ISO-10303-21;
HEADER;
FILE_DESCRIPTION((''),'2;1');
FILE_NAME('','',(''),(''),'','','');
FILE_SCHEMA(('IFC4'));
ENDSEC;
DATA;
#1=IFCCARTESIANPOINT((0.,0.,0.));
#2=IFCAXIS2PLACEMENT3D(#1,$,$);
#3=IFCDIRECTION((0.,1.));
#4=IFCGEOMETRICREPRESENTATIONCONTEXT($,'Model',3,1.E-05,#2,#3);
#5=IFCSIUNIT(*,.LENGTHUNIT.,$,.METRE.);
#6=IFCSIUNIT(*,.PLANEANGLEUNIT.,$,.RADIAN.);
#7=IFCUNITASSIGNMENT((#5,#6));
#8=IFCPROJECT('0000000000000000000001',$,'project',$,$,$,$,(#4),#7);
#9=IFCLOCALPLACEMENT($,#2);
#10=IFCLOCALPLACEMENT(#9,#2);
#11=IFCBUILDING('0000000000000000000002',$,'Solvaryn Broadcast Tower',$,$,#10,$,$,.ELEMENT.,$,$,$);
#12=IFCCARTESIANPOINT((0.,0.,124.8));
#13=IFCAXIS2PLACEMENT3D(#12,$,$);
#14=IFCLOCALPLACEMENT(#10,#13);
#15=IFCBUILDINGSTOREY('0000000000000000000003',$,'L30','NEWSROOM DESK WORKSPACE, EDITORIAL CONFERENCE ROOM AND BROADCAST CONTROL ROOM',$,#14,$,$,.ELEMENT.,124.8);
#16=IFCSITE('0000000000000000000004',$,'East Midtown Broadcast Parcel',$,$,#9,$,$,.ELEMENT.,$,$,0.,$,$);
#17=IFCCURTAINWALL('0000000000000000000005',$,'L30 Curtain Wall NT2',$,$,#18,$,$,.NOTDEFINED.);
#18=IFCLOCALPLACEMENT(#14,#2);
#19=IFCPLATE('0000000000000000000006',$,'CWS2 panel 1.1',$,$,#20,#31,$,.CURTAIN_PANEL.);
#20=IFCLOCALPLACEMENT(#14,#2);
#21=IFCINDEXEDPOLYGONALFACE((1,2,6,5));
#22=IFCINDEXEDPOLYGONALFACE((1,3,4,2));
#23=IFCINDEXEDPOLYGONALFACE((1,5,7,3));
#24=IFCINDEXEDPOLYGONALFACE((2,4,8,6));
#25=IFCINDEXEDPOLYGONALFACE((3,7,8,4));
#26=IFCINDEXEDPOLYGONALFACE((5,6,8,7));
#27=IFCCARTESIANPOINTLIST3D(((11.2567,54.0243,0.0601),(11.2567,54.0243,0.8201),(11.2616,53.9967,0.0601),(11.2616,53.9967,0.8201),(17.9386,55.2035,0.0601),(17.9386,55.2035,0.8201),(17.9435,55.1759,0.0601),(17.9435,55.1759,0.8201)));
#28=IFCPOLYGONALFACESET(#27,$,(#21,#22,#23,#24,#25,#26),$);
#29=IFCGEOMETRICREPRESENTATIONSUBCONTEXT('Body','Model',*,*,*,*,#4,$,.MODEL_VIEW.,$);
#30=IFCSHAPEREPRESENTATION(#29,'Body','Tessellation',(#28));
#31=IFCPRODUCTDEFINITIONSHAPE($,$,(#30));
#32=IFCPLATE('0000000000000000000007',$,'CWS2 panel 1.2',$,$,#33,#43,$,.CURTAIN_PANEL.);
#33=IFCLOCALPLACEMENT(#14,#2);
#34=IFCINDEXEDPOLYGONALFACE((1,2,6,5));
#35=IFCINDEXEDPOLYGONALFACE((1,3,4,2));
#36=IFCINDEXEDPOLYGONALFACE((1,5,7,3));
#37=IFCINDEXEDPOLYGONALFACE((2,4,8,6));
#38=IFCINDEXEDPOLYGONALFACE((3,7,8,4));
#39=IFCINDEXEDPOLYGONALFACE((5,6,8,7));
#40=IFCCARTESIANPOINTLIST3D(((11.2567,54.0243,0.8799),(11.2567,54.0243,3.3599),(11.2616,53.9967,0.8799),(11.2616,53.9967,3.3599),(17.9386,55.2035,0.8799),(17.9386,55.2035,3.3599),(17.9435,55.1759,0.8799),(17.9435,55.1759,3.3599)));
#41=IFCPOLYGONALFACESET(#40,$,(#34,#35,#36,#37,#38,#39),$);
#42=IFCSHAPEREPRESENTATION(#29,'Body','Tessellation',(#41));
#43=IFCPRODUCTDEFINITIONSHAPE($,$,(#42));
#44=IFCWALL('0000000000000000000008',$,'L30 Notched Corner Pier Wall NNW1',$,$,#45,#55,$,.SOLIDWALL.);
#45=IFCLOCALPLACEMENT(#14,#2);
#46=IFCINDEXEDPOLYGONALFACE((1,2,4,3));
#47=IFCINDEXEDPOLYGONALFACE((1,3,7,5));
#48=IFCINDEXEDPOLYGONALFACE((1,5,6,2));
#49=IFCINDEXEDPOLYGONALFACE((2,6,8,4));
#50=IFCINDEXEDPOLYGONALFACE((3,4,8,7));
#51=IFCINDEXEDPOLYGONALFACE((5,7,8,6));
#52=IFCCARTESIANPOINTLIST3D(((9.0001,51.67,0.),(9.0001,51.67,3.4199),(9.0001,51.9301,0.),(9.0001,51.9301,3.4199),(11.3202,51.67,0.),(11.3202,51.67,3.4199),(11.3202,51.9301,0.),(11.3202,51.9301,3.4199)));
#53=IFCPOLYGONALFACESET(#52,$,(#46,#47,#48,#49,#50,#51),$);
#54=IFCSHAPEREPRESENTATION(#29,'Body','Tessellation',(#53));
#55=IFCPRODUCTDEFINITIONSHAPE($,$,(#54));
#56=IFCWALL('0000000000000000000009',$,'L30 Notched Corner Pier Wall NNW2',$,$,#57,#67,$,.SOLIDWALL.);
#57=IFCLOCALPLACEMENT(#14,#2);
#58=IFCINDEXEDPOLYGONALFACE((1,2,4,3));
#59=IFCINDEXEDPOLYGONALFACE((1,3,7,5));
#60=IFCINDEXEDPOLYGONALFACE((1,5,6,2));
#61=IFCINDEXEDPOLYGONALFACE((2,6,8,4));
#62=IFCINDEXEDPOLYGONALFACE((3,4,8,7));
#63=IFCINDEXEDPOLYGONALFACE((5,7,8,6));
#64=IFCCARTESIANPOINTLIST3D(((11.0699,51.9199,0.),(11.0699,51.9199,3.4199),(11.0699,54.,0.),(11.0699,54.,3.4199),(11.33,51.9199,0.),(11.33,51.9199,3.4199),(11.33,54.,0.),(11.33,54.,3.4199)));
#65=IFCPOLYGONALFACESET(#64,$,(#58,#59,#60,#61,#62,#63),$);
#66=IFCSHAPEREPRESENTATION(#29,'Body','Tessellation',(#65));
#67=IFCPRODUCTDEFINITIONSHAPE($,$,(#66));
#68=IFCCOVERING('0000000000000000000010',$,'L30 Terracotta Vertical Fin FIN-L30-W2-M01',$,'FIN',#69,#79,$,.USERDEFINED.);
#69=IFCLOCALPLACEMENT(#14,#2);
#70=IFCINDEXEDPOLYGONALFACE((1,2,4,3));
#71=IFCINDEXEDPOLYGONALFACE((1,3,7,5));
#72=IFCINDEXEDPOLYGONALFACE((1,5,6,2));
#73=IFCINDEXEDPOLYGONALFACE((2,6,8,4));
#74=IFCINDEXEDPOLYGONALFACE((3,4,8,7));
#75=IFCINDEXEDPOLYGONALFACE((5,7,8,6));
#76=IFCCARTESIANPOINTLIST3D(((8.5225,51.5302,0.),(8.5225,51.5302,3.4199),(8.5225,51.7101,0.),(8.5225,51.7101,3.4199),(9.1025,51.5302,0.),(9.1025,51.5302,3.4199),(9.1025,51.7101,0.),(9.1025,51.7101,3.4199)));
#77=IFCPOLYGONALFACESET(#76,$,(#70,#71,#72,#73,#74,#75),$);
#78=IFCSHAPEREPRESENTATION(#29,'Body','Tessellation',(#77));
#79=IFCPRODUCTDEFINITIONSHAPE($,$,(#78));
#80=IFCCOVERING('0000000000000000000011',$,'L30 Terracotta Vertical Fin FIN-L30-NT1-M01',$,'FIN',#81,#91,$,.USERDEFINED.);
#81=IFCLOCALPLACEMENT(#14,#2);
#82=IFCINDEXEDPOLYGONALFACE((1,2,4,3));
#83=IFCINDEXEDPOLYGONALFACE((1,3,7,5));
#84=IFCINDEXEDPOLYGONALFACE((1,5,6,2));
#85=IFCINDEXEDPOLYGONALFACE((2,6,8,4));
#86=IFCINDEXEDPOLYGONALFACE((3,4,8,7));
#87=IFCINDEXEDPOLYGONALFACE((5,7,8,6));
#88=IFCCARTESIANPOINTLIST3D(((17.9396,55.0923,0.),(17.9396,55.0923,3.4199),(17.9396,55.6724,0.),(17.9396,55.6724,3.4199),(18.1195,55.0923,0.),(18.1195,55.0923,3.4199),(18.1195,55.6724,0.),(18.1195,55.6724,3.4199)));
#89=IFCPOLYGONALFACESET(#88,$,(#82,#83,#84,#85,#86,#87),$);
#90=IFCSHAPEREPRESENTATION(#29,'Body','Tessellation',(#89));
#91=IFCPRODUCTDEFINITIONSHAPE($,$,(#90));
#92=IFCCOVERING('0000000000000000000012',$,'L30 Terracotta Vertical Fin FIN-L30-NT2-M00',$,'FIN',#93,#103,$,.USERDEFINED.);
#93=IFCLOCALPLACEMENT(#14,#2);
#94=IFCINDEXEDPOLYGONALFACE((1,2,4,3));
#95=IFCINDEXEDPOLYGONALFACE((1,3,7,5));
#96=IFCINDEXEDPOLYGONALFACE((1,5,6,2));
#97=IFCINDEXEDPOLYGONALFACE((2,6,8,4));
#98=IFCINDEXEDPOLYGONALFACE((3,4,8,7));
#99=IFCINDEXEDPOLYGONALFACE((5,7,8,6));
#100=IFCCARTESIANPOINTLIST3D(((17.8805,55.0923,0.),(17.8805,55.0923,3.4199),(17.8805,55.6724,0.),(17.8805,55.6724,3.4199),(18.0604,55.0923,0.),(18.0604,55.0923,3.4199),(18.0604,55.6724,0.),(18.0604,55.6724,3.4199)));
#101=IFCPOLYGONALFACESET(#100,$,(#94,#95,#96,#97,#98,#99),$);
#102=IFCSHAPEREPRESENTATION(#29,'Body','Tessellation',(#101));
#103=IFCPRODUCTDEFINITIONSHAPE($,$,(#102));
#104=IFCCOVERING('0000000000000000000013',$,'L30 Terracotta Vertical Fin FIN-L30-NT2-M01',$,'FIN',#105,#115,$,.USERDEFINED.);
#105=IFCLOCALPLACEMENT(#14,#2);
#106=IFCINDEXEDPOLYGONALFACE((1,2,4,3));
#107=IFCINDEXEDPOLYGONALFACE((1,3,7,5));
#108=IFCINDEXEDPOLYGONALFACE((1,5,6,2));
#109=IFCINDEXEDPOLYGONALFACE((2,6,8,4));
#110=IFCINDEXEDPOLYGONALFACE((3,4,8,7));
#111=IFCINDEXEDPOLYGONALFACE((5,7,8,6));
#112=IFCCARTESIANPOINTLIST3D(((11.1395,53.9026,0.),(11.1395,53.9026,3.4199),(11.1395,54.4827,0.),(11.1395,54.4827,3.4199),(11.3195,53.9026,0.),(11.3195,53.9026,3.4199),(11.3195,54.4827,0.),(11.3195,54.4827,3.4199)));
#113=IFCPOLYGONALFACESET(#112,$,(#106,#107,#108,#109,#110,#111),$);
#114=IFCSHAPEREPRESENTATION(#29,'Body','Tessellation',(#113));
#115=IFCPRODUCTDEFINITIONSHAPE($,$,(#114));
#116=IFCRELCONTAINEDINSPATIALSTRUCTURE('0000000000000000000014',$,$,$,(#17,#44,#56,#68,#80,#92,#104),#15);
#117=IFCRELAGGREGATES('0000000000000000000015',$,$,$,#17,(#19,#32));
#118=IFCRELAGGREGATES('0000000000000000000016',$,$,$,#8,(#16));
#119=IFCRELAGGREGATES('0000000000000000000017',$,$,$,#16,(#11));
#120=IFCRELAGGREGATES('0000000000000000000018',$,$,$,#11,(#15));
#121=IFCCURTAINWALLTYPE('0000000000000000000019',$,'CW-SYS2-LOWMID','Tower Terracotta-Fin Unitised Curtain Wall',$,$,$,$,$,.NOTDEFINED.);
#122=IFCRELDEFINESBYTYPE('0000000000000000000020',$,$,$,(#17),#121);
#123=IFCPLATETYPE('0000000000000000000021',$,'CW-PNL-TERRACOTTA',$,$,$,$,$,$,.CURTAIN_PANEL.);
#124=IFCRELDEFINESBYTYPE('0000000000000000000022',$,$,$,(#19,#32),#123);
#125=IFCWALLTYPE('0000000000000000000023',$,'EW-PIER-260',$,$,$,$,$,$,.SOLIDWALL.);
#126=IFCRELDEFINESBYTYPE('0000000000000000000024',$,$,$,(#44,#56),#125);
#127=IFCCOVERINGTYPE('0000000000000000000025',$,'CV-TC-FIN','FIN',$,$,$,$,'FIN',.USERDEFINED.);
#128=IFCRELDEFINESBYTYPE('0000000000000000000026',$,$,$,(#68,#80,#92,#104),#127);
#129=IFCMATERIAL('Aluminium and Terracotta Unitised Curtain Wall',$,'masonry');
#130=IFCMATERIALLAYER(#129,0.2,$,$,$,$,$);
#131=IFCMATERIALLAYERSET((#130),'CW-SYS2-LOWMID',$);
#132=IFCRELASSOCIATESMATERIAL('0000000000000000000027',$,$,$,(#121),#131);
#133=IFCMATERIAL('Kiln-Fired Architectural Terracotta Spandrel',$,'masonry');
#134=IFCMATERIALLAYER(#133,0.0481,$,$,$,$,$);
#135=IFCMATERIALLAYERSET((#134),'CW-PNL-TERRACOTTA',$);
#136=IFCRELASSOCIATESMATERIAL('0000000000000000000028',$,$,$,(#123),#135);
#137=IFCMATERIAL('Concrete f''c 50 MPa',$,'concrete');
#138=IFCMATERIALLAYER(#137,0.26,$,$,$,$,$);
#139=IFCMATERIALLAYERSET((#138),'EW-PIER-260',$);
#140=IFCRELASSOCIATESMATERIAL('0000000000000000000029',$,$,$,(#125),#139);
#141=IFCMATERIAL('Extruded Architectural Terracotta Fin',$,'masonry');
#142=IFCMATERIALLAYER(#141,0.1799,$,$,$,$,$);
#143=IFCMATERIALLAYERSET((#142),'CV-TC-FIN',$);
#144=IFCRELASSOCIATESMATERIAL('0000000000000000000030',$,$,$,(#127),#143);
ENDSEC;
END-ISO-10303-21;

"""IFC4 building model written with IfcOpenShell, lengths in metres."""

from ifc_helpers import new_model, si_unit, direction, frame, frame_2d, origin, origin_2d, place, context, subcontext, project, spatial, rectangle, extrude, material, layer, layer_set, type_object, element, aggregate, save


model = new_model("IFC4")

# Units and contexts
model_context = context("Model", 3, precision=1e-05, world=origin(), true_north=direction((0.0, 1.0)))
body_context = subcontext(model_context, "Body", "Model", "MODEL_VIEW")
ifc_project = project(units=[si_unit("LENGTHUNIT", "METRE"), si_unit("PLANEANGLEUNIT", "RADIAN")], contexts=[model_context])

# Site, building, storey
site_placement = place(None, origin())
site = spatial("IfcSite", under=ifc_project, at=site_placement, Name="East Midtown Broadcast Parcel", CompositionType="ELEMENT", RefElevation=0.0)
building_placement = place(site_placement, origin())
building = spatial("IfcBuilding", under=site, at=building_placement, Name="Solvaryn Broadcast Tower", CompositionType="ELEMENT")
storey_placement = place(building_placement, frame((0.0, 0.0, 124.8)))
storey = spatial("IfcBuildingStorey", under=building, at=storey_placement, Name="L30", Description="NEWSROOM DESK WORKSPACE, EDITORIAL CONFERENCE ROOM AND BROADCAST CONTROL ROOM", CompositionType="ELEMENT", Elevation=124.8)

# Shared definitions
ifc_material_1 = material(Name="Aluminium and Terracotta Unitised Curtain Wall", Category="masonry")
ifc_layer_1 = layer(ifc_material_1, 0.2)
ifc_layer_set_1 = layer_set([ifc_layer_1], Name="CW-SYS2-LOWMID")
curtain_wall_type = type_object("IfcCurtainWallType", Name="CW-SYS2-LOWMID", Description="Tower Terracotta-Fin Unitised Curtain Wall", PredefinedType="NOTDEFINED", material=ifc_layer_set_1)

# Curtain wall
curtain_wall_1_placement = place(storey_placement, origin())
curtain_wall_1 = element("IfcCurtainWall", 1, at=curtain_wall_1_placement, inside=storey, type_object=curtain_wall_type, Name="L30 Curtain Wall NT2", PredefinedType="NOTDEFINED")

# Plates
ifc_material_2 = material(Name="Kiln-Fired Architectural Terracotta Spandrel", Category="masonry")
ifc_layer_2 = layer(ifc_material_2, 0.0481)
ifc_layer_set_2 = layer_set([ifc_layer_2], Name="CW-PNL-TERRACOTTA")
plate_type = type_object("IfcPlateType", Name="CW-PNL-TERRACOTTA", PredefinedType="CURTAIN_PANEL", material=ifc_layer_set_2)
plate_1_placement = place(storey_placement, frame((14.6001, 54.6001, 0.0601), z_axis=(0.0, 0.0, 1.0), x_axis=(-0.984784, -0.173785, 0.0)))
plate_1 = element("IfcPlate", 2, at=plate_1_placement, type_object=plate_type, Name="CWS2 panel 1.1", PredefinedType="CURTAIN_PANEL", context=body_context, shape_type="SweptSolid", body=[
    extrude(rectangle(XDim=6.7852, YDim=0.0281, at=origin_2d()), origin(), (0.0, 0.0, 1.0), 0.76),
])
plate_2_placement = place(storey_placement, frame((14.6001, 54.6001, 0.8799), z_axis=(0.0, 0.0, 1.0), x_axis=(-0.984784, -0.173785, 0.0)))
plate_2 = element("IfcPlate", 3, at=plate_2_placement, type_object=plate_type, Name="CWS2 panel 1.2", PredefinedType="CURTAIN_PANEL", context=body_context, shape_type="SweptSolid", body=[
    extrude(rectangle(XDim=6.7852, YDim=0.0281, at=origin_2d()), origin(), (0.0, 0.0, 1.0), 2.48),
])
aggregate(curtain_wall_1, [plate_1, plate_2])

# Walls
ifc_material_3 = material(Name="Concrete f'c 50 MPa", Category="concrete")
ifc_layer_3 = layer(ifc_material_3, 0.26)
ifc_layer_set_3 = layer_set([ifc_layer_3], Name="EW-PIER-260")
wall_type = type_object("IfcWallType", Name="EW-PIER-260", PredefinedType="SOLIDWALL", material=ifc_layer_set_3)
wall_1_placement = place(storey_placement, frame((9.0, 51.8, 0.0), z_axis=(0.0, 0.0, 1.0), x_axis=(1.0, 0.0, 0.0)))
element("IfcWall", 4, at=wall_1_placement, inside=storey, type_object=wall_type, Name="L30 Notched Corner Pier Wall NNW1", PredefinedType="SOLIDWALL", context=body_context, shape_type="SweptSolid", body=[
    extrude(rectangle(XDim=2.3201, YDim=0.26, at=frame_2d((1.1602, 0.0))), origin(), (0.0, 0.0, 1.0), 3.4199),
])
wall_2_placement = place(storey_placement, frame((11.2, 51.9199, 0.0), z_axis=(0.0, 0.0, 1.0), x_axis=(0.0, 1.0, 0.0)))
element("IfcWall", 5, at=wall_2_placement, inside=storey, type_object=wall_type, Name="L30 Notched Corner Pier Wall NNW2", PredefinedType="SOLIDWALL", context=body_context, shape_type="SweptSolid", body=[
    extrude(rectangle(XDim=2.0801, YDim=0.26, at=frame_2d((1.04, 0.0))), origin(), (0.0, 0.0, 1.0), 3.4199),
])

# Coverings
ifc_material_4 = material(Name="Extruded Architectural Terracotta Fin", Category="masonry")
ifc_layer_4 = layer(ifc_material_4, 0.1799)
ifc_layer_set_4 = layer_set([ifc_layer_4], Name="CV-TC-FIN")
covering_type = type_object("IfcCoveringType", Name="CV-TC-FIN", Description="FIN", ElementType="FIN", PredefinedType="USERDEFINED", material=ifc_layer_set_4)
covering_placement = place(storey_placement, frame((8.8125, 51.6201, 0.0), z_axis=(0.0, 0.0, 1.0), x_axis=(1.0, 0.0, 0.0)))
element("IfcCovering", 6, at=covering_placement, inside=storey, type_object=covering_type, Name="L30 Terracotta Vertical Fin FIN-L30-W2-M01", ObjectType="FIN", PredefinedType="USERDEFINED", context=body_context, shape_type="SweptSolid", body=[
    extrude(rectangle(XDim=0.5801, YDim=0.1799, at=origin_2d()), origin(), (0.0, 0.0, 1.0), 3.4199),
])
for number, where, z_axis, x_axis, name in (
    (7, (18.0295, 55.3823, 0.0), (0.0, 0.0, 1.0), (1.0, 0.0, 0.0), "L30 Terracotta Vertical Fin FIN-L30-NT1-M01"),
    (8, (17.9705, 55.3823, 0.0), (0.0, 0.0, 1.0), (1.0, 0.0, 0.0), "L30 Terracotta Vertical Fin FIN-L30-NT2-M00"),
    (9, (11.2295, 54.1926, 0.0), (0.0, 0.0, 1.0), (1.0, 0.0, 0.0), "L30 Terracotta Vertical Fin FIN-L30-NT2-M01"),
):
    element("IfcCovering", number, at=place(storey_placement, frame(where, z_axis=z_axis, x_axis=x_axis)), inside=storey, type_object=covering_type, Name=name, ObjectType="FIN", PredefinedType="USERDEFINED", context=body_context, shape_type="SweptSolid", body=[
        extrude(rectangle(XDim=0.1799, YDim=0.5801, at=origin_2d()), origin(), (0.0, 0.0, 1.0), 3.4199),
    ])

save(model, "model.ifc")
